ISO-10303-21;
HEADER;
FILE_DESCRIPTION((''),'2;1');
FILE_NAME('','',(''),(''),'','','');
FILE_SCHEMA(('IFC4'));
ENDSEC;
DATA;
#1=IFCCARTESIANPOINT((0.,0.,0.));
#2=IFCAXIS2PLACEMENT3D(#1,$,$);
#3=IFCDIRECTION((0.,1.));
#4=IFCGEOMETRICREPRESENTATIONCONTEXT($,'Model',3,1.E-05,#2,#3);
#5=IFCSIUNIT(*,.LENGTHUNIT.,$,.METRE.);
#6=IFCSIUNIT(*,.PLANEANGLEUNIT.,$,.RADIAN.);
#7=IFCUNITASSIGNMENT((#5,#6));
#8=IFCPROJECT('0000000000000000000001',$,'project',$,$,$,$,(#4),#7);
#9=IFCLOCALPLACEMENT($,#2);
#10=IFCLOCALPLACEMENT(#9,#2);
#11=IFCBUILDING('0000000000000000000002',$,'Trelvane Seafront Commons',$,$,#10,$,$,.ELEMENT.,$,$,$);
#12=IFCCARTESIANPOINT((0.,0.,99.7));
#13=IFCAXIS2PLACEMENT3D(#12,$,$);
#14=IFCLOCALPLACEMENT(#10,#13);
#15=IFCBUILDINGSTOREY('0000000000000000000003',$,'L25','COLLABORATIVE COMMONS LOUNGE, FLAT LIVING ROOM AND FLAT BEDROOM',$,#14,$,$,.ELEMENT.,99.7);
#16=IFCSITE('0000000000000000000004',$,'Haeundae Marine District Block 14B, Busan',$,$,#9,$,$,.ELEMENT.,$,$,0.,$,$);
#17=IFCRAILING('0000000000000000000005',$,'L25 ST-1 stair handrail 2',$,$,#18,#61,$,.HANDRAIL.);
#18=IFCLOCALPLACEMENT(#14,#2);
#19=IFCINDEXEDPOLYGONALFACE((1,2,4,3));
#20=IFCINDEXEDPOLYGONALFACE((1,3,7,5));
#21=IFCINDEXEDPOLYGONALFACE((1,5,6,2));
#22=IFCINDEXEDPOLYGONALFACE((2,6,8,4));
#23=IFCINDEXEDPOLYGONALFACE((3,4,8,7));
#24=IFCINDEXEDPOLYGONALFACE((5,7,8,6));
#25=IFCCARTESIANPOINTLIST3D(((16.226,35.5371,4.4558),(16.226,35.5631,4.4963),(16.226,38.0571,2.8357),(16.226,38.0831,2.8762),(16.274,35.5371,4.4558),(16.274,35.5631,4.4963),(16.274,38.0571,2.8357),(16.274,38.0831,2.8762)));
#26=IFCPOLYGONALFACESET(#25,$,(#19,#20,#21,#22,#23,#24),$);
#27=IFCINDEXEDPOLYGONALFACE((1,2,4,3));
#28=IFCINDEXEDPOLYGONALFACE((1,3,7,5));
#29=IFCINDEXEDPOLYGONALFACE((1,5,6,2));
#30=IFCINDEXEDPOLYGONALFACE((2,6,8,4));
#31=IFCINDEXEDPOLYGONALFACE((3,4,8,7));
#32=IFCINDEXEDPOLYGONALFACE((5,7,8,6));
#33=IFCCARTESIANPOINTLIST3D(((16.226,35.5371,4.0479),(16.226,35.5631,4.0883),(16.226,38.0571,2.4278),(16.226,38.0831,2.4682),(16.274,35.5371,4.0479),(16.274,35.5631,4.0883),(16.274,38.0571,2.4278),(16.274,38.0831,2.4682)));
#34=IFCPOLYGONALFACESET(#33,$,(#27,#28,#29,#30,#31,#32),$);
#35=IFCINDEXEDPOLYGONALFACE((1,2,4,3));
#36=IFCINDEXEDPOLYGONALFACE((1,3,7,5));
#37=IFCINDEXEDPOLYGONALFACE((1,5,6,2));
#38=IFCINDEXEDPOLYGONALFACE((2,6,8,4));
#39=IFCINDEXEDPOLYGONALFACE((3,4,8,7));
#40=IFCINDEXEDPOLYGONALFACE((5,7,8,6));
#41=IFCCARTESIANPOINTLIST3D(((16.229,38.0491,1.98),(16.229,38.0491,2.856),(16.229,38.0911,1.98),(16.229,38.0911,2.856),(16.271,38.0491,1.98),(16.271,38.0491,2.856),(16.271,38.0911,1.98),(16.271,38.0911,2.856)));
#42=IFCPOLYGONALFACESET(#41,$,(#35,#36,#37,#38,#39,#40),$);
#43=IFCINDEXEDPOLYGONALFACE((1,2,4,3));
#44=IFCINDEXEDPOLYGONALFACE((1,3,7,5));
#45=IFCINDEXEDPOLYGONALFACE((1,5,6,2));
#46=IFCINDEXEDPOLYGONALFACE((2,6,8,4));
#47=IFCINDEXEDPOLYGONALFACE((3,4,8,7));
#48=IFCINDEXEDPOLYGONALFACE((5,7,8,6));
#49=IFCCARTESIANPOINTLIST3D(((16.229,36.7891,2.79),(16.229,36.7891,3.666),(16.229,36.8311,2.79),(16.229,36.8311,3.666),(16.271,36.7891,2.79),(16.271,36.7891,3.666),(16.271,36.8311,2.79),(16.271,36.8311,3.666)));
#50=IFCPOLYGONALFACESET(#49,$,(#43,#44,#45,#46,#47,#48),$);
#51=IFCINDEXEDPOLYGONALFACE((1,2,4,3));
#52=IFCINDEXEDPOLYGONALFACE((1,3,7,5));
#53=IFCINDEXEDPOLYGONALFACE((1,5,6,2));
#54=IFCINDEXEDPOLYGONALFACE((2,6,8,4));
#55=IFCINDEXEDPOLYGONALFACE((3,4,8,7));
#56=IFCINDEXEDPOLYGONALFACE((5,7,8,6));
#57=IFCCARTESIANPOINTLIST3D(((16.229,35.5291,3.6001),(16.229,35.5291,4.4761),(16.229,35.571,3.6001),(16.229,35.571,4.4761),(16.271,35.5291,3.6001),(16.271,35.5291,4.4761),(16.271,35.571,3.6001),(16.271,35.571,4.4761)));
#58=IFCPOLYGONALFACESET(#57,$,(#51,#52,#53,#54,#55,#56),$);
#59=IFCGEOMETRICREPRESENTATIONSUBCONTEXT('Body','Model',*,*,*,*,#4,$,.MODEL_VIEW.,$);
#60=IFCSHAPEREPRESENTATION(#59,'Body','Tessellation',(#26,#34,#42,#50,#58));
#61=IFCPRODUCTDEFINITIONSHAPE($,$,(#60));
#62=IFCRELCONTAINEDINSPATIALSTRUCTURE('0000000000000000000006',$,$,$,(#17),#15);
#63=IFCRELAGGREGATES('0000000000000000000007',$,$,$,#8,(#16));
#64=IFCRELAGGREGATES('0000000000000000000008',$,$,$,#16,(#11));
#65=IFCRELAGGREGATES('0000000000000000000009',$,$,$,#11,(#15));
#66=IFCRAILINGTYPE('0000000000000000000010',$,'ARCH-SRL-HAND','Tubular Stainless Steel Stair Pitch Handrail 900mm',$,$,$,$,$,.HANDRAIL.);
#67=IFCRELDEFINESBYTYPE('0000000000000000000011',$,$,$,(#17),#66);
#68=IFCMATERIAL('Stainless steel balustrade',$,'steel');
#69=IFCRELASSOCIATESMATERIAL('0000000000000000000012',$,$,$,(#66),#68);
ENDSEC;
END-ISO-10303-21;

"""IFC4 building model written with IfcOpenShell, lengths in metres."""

from ifc_helpers import new_model, si_unit, direction, frame, origin, origin_2d, place, context, subcontext, project, spatial, rectangle, extrude, material, type_object, element, save


model = new_model("IFC4")

# Units and contexts
model_context = context("Model", 3, precision=1e-05, world=origin(), true_north=direction((0.0, 1.0)))
body_context = subcontext(model_context, "Body", "Model", "MODEL_VIEW")
ifc_project = project(units=[si_unit("LENGTHUNIT", "METRE"), si_unit("PLANEANGLEUNIT", "RADIAN")], contexts=[model_context])

# Site, building, storey
site_placement = place(None, origin())
site = spatial("IfcSite", under=ifc_project, at=site_placement, Name="Haeundae Marine District Block 14B, Busan", CompositionType="ELEMENT", RefElevation=0.0)
building_placement = place(site_placement, origin())
building = spatial("IfcBuilding", under=site, at=building_placement, Name="Trelvane Seafront Commons", CompositionType="ELEMENT")
storey_placement = place(building_placement, frame((0.0, 0.0, 99.7)))
storey = spatial("IfcBuildingStorey", under=building, at=storey_placement, Name="L25", Description="COLLABORATIVE COMMONS LOUNGE, FLAT LIVING ROOM AND FLAT BEDROOM", CompositionType="ELEMENT", Elevation=99.7)

# Shared definitions
ifc_material_1 = material(Name="Stainless steel balustrade", Category="steel")

# Railing
railing_type_1 = type_object("IfcRailingType", Name="ARCH-SRL-HAND", Description="Tubular Stainless Steel Stair Pitch Handrail 900mm", PredefinedType="HANDRAIL", material=ifc_material_1)
railing_1_placement = place(storey_placement, frame((16.25, 38.0701, 1.98)))
element("IfcRailing", 1, at=railing_1_placement, inside=storey, type_object=railing_type_1, Name="L25 ST-1 stair handrail 2", PredefinedType="HANDRAIL", context=body_context, shape_type="SweptSolid", body=[
    extrude(rectangle(XDim=0.0481, YDim=0.0481, at=origin_2d()), frame((0.0, 0.0, 0.876), z_axis=(0.0, -0.841163, 0.540782), x_axis=(1.0, 0.0, 0.0)), (0.0, 0.0, 1.0), 2.9958),
    extrude(rectangle(XDim=0.0481, YDim=0.0481, at=origin_2d()), frame((0.0, 0.0, 0.468), z_axis=(0.0, -0.841163, 0.540782), x_axis=(1.0, 0.0, 0.0)), (0.0, 0.0, 1.0), 2.9958),
    extrude(rectangle(XDim=0.042, YDim=0.042, at=origin_2d()), origin(), (0.0, 0.0, 1.0), 0.876),
    extrude(rectangle(XDim=0.042, YDim=0.042, at=origin_2d()), frame((0.0, -1.26, 0.8101)), (0.0, 0.0, 1.0), 0.876),
    extrude(rectangle(XDim=0.042, YDim=0.042, at=origin_2d()), frame((0.0, -2.52, 1.6201)), (0.0, 0.0, 1.0), 0.876),
])

save(model, "model.ifc")
